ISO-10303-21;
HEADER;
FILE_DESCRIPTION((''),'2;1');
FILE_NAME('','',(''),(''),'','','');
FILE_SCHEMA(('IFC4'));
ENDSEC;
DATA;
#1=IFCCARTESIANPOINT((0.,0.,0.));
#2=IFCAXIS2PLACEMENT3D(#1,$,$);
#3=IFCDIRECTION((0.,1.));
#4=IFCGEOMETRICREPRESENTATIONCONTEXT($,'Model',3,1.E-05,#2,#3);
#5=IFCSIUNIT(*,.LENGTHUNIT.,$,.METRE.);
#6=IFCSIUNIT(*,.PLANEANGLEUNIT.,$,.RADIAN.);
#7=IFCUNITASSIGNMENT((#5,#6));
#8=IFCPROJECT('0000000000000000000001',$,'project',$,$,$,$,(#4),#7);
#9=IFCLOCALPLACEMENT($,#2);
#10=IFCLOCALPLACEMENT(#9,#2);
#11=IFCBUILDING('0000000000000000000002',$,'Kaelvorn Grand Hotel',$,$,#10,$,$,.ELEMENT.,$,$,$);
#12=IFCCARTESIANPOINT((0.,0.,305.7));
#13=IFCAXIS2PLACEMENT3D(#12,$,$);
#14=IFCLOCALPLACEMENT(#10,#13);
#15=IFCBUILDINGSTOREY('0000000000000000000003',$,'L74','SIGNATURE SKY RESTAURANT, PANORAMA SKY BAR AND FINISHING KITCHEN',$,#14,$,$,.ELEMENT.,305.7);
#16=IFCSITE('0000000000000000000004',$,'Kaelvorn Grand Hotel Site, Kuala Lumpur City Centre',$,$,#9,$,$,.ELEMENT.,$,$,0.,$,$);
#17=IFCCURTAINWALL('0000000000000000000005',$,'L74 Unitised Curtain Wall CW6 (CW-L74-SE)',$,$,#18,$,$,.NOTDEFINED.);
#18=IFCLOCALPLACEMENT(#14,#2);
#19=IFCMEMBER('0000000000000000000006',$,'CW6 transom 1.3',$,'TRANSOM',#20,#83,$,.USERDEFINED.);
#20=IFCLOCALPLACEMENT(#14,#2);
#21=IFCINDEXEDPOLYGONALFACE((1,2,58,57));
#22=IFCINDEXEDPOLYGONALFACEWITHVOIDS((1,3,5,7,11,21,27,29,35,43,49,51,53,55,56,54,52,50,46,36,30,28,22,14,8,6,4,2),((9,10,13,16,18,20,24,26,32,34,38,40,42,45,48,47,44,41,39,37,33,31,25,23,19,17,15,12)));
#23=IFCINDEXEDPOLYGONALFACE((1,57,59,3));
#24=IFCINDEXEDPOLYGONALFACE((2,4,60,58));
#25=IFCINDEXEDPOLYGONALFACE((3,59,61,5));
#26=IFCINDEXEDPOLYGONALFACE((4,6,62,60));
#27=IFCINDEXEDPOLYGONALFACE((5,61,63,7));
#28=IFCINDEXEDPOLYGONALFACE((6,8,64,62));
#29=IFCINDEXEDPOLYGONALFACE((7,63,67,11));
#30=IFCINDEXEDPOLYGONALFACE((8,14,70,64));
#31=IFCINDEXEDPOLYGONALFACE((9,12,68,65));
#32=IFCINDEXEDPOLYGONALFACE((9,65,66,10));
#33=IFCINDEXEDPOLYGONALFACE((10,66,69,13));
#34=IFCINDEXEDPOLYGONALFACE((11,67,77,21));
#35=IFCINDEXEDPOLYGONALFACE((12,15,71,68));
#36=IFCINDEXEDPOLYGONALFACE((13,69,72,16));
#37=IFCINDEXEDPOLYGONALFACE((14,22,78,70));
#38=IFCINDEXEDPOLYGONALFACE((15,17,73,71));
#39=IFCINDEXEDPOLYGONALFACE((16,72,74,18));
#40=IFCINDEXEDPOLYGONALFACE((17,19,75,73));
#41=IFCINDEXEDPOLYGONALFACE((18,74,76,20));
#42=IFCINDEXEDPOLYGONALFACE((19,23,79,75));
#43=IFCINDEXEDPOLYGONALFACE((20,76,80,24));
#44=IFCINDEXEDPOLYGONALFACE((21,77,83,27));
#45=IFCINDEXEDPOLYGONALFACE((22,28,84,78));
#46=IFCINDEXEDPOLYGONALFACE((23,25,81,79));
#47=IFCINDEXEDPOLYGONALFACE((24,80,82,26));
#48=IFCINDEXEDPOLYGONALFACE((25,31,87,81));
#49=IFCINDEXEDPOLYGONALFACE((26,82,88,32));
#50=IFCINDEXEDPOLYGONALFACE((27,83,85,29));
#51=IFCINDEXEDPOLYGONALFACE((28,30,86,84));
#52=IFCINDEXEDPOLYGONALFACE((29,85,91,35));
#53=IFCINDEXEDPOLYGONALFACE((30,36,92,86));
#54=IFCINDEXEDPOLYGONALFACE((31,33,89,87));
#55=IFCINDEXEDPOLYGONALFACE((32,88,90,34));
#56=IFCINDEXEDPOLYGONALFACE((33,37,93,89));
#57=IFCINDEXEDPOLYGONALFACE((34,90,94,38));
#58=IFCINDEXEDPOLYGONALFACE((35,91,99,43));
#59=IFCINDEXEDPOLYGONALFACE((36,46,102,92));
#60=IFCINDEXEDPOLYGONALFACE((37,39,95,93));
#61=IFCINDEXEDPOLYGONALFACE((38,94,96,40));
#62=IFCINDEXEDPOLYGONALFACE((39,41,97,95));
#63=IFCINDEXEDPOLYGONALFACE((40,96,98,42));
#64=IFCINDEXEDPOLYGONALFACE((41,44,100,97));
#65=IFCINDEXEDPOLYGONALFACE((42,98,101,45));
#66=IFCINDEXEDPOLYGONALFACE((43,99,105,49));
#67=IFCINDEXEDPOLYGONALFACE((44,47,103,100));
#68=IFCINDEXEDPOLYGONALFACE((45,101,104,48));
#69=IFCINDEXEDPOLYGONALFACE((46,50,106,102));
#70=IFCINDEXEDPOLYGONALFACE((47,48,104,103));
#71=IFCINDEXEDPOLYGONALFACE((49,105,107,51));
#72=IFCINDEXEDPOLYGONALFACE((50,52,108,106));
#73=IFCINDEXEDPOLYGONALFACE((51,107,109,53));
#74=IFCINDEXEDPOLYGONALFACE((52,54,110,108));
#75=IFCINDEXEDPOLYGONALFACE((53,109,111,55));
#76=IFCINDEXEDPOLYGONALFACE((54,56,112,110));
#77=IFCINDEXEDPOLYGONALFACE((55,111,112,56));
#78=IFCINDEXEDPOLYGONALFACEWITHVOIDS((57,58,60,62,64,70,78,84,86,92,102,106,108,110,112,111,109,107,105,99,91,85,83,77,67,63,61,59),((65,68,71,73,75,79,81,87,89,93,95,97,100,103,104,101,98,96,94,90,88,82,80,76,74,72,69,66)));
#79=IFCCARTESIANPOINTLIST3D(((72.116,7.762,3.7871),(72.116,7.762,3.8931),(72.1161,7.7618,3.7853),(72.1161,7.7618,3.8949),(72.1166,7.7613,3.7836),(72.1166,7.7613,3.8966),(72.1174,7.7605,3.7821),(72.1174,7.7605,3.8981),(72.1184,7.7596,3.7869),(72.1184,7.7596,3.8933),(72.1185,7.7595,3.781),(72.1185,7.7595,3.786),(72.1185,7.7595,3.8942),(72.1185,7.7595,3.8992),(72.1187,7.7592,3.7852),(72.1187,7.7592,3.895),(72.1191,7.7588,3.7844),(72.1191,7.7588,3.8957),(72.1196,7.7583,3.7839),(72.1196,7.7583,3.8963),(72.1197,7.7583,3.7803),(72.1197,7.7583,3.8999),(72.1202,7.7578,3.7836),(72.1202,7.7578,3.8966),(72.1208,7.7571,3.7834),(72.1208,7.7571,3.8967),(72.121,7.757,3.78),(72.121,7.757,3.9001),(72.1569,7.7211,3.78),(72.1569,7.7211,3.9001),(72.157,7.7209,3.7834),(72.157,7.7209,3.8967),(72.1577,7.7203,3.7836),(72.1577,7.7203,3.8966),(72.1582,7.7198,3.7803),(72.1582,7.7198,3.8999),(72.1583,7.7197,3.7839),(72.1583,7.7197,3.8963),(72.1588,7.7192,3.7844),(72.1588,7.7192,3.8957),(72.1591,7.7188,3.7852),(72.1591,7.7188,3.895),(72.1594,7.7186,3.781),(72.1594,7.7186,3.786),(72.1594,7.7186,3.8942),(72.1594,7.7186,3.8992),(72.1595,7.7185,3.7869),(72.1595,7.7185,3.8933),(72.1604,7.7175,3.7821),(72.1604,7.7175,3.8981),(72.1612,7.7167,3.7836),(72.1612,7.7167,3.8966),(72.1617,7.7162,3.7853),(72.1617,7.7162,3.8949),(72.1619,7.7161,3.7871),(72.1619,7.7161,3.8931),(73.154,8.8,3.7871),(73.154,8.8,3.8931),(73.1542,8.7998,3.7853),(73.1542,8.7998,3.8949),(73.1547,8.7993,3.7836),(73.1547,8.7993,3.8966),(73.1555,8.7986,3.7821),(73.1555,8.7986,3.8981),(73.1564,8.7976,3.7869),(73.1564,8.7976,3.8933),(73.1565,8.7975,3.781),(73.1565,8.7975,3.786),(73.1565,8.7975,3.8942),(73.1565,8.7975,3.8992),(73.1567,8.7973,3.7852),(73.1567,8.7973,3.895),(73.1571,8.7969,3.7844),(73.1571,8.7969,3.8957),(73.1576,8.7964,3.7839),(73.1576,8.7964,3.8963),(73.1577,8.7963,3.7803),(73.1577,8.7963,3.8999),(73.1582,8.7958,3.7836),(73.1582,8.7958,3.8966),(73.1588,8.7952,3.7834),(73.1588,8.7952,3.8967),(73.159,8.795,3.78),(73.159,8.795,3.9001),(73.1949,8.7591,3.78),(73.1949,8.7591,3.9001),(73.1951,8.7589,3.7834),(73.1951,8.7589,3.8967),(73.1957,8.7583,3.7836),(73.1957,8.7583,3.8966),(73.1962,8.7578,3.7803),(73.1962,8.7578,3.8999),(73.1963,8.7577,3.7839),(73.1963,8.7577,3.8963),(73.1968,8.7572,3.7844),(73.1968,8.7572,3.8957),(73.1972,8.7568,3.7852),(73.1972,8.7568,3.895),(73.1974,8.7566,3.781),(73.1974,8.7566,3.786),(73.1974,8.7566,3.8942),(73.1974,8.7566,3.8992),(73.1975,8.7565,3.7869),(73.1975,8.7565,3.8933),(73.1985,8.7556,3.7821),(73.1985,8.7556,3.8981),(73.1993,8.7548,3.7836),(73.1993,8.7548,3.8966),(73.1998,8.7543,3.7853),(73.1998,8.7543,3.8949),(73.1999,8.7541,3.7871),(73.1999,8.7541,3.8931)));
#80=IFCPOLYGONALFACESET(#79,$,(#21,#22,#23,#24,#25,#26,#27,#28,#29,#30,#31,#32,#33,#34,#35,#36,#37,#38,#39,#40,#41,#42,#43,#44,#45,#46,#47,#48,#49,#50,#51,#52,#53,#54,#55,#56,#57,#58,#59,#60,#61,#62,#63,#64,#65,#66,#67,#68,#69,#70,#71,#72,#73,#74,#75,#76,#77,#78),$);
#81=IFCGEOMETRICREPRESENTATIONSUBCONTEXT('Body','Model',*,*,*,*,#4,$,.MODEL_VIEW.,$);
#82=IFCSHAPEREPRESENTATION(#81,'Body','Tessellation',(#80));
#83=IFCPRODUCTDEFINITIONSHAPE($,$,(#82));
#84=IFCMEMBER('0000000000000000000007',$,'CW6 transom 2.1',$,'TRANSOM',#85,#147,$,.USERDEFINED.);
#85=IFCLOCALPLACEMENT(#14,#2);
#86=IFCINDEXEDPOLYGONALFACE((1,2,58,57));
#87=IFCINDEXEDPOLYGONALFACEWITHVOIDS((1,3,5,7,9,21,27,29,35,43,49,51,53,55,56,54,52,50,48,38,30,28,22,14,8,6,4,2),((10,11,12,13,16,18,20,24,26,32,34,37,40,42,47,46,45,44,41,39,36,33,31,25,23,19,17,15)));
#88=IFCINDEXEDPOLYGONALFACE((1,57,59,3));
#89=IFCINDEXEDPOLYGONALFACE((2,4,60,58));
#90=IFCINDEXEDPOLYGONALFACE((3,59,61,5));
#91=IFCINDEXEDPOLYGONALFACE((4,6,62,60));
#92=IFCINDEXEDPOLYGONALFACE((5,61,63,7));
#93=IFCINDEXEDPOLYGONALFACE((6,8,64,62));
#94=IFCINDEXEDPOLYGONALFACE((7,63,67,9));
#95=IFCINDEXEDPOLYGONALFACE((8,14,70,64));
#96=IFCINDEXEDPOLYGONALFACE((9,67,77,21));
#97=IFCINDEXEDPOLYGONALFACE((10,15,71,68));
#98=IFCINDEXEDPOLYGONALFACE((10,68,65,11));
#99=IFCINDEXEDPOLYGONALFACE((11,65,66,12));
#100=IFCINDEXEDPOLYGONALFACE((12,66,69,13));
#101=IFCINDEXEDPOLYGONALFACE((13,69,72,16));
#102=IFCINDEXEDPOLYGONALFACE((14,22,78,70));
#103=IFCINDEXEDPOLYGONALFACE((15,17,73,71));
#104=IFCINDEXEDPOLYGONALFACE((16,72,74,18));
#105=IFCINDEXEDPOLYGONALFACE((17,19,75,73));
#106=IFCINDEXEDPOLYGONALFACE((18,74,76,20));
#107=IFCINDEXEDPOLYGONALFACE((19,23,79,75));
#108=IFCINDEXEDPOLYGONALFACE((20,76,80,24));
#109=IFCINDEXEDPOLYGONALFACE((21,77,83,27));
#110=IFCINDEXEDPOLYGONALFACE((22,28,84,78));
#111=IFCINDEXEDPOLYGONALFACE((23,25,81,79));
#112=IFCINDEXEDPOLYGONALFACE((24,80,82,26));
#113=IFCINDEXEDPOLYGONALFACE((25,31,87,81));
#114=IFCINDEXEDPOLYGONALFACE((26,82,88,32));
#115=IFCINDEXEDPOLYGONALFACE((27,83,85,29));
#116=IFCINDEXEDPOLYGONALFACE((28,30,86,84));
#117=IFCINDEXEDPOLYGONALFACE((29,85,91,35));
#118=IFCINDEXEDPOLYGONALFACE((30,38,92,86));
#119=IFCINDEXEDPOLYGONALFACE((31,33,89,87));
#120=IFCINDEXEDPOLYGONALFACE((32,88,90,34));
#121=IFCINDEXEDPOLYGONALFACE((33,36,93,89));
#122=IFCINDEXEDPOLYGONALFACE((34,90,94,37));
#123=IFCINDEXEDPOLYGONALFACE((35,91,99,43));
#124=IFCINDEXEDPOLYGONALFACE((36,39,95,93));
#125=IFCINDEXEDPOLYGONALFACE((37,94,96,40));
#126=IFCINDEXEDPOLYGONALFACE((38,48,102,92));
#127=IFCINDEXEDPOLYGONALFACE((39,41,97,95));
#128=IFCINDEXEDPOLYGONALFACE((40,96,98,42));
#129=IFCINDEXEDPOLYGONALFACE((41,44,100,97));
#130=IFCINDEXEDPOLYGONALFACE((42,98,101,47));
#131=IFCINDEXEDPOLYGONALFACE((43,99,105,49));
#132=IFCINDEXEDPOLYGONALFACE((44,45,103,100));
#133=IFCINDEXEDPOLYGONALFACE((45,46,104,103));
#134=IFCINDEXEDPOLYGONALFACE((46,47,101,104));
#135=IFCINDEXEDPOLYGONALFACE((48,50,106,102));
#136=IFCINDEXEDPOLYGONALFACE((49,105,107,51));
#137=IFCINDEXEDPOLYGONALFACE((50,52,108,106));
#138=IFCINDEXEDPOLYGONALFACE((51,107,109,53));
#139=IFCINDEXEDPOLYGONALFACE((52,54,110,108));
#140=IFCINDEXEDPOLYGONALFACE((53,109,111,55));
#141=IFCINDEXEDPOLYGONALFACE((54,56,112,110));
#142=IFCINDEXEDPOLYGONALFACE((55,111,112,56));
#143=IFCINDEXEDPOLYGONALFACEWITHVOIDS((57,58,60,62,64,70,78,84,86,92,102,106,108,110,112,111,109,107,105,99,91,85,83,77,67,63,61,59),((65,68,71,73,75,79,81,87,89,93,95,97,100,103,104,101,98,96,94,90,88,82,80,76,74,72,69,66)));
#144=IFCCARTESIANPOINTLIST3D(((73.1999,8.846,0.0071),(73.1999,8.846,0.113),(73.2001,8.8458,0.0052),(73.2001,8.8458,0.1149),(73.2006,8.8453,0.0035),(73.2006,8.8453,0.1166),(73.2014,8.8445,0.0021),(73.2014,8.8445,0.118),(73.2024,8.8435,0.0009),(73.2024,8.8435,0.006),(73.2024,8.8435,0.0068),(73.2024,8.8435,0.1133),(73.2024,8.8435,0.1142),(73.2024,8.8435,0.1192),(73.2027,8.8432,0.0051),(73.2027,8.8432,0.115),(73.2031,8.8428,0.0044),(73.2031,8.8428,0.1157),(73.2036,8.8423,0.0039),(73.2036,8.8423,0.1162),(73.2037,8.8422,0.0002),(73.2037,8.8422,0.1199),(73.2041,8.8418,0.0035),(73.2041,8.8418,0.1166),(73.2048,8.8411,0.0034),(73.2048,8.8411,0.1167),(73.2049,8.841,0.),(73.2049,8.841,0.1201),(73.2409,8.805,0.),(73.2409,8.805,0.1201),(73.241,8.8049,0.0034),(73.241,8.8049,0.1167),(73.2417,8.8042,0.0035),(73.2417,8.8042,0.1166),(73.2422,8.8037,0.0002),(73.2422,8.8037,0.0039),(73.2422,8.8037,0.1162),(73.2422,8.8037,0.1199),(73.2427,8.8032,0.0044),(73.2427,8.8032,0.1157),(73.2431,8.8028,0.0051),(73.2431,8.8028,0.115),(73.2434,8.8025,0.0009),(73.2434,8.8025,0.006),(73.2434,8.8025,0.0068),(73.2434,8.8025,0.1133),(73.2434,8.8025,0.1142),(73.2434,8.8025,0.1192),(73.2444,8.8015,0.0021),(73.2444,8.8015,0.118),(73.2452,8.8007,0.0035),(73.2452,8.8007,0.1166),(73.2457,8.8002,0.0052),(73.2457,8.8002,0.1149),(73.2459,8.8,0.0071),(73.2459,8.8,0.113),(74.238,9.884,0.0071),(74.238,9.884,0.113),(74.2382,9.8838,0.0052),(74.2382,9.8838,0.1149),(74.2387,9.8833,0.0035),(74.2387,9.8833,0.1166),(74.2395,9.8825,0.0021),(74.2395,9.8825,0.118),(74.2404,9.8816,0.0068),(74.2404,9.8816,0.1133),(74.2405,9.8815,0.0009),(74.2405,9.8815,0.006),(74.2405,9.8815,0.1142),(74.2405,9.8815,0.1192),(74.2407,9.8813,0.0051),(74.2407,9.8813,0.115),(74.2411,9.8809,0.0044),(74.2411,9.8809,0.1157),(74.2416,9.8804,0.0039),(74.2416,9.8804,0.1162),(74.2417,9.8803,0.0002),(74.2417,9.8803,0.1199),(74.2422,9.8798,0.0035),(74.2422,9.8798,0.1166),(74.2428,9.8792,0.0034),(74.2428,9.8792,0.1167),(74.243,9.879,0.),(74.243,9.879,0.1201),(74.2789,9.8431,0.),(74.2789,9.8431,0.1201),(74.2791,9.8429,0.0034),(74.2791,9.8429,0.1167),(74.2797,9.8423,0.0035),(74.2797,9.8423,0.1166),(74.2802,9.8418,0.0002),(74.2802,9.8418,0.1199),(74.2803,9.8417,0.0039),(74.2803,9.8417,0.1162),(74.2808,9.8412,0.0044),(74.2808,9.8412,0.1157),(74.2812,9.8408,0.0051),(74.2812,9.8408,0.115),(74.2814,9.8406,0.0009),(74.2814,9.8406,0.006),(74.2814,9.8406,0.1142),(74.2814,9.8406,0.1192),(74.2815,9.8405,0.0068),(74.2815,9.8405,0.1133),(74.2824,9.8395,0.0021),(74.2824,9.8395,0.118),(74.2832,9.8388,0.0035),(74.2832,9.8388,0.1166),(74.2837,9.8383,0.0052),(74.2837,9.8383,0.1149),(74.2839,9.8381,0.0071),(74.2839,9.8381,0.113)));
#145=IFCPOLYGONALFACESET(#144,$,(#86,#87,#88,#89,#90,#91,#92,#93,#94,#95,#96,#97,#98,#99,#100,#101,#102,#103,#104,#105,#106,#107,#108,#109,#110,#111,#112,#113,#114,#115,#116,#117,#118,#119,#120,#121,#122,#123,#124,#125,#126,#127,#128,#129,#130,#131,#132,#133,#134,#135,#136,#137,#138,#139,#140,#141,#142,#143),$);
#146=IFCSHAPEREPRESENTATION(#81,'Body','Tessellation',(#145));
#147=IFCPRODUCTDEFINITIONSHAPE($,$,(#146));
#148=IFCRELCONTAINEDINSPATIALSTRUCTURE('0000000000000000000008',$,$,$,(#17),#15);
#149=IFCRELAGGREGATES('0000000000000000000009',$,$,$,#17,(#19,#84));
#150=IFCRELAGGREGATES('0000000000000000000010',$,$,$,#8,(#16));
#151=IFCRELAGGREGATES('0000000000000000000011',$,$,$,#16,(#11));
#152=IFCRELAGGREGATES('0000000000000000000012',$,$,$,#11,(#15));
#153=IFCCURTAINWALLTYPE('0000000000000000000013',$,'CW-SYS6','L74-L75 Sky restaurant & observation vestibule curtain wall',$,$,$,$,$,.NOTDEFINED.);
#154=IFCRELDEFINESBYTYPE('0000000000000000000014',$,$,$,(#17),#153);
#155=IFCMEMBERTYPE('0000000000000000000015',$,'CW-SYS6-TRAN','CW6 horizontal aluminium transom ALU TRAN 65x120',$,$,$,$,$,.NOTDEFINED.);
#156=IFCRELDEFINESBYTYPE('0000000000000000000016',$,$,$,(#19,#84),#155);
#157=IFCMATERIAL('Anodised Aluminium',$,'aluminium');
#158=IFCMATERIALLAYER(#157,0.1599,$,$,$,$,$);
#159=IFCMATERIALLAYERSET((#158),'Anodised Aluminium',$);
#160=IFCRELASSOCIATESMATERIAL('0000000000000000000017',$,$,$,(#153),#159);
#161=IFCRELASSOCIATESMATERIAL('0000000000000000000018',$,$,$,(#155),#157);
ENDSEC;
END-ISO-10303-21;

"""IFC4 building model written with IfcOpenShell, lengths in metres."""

from ifc_helpers import new_model, si_unit, direction, frame, origin, origin_2d, place, context, subcontext, project, spatial, hollow_rectangle, extrude, material, layer, layer_set, material_profile, profile_set, type_object, element, aggregate, save


model = new_model("IFC4")

# Units and contexts
model_context = context("Model", 3, precision=1e-05, world=origin(), true_north=direction((0.0, 1.0)))
body_context = subcontext(model_context, "Body", "Model", "MODEL_VIEW")
ifc_project = project(units=[si_unit("LENGTHUNIT", "METRE"), si_unit("PLANEANGLEUNIT", "RADIAN")], contexts=[model_context])

# Site, building, storey
site_placement = place(None, origin())
site = spatial("IfcSite", under=ifc_project, at=site_placement, Name="Kaelvorn Grand Hotel Site, Kuala Lumpur City Centre", CompositionType="ELEMENT", RefElevation=0.0)
building_placement = place(site_placement, origin())
building = spatial("IfcBuilding", under=site, at=building_placement, Name="Kaelvorn Grand Hotel", CompositionType="ELEMENT")
storey_placement = place(building_placement, frame((0.0, 0.0, 305.7)))
storey = spatial("IfcBuildingStorey", under=building, at=storey_placement, Name="L74", Description="SIGNATURE SKY RESTAURANT, PANORAMA SKY BAR AND FINISHING KITCHEN", CompositionType="ELEMENT", Elevation=305.7)

# Shared definitions
ifc_material_1 = material(Name="Anodised Aluminium", Category="aluminium")
ifc_layer_1 = layer(ifc_material_1, 0.1599)
ifc_layer_set_1 = layer_set([ifc_layer_1], Name="Anodised Aluminium")
curtain_wall_type = type_object("IfcCurtainWallType", Name="CW-SYS6", Description="L74-L75 Sky restaurant & observation vestibule curtain wall", PredefinedType="NOTDEFINED", material=ifc_layer_set_1)

# Curtain wall, members
curtain_wall_1_placement = place(storey_placement, origin())
curtain_wall_1 = element("IfcCurtainWall", 1, at=curtain_wall_1_placement, inside=storey, type_object=curtain_wall_type, Name="L74 Unitised Curtain Wall CW6 (CW-L74-SE)", PredefinedType="NOTDEFINED")
ifc_material_profile_1 = material_profile(ifc_material_1, hollow_rectangle(XDim=0.0649, YDim=0.1201, WallThickness=0.0034, InnerFilletRadius=0.0034, OuterFilletRadius=0.0071, at=origin_2d()), Name="ALU TRAN 65x120")
ifc_profile_set_1 = profile_set([ifc_material_profile_1], Name="Anodised Aluminium")
member_type_1 = type_object("IfcMemberType", Name="CW-SYS6-TRAN", Description="CW6 horizontal aluminium transom ALU TRAN 65x120", PredefinedType="NOTDEFINED", material=ifc_profile_set_1)
member_1_placement = place(storey_placement, frame((72.1389, 7.739, 3.8401), z_axis=(0.707107, 0.707107, 0.0), x_axis=(-0.707107, 0.707107, 0.0)))
member_1 = element("IfcMember", 2, at=member_1_placement, type_object=member_type_1, Name="CW6 transom 1.3", ObjectType="TRANSOM", PredefinedType="USERDEFINED", context=body_context, shape_type="SweptSolid", body=[
    extrude(hollow_rectangle(XDim=0.0649, YDim=0.1201, WallThickness=0.0034, InnerFilletRadius=0.0034, OuterFilletRadius=0.0071, at=origin_2d()), origin(), (0.0, 0.0, 1.0), 1.468),
])
member_2_placement = place(storey_placement, frame((73.2229, 8.823, 0.0601), z_axis=(0.707107, 0.707107, 0.0), x_axis=(-0.707107, 0.707107, 0.0)))
member_2 = element("IfcMember", 3, at=member_2_placement, type_object=member_type_1, Name="CW6 transom 2.1", ObjectType="TRANSOM", PredefinedType="USERDEFINED", context=body_context, shape_type="SweptSolid", body=[
    extrude(hollow_rectangle(XDim=0.0649, YDim=0.1201, WallThickness=0.0034, InnerFilletRadius=0.0034, OuterFilletRadius=0.0071, at=origin_2d()), origin(), (0.0, 0.0, 1.0), 1.468),
])
aggregate(curtain_wall_1, [member_1, member_2])

save(model, "model.ifc")
